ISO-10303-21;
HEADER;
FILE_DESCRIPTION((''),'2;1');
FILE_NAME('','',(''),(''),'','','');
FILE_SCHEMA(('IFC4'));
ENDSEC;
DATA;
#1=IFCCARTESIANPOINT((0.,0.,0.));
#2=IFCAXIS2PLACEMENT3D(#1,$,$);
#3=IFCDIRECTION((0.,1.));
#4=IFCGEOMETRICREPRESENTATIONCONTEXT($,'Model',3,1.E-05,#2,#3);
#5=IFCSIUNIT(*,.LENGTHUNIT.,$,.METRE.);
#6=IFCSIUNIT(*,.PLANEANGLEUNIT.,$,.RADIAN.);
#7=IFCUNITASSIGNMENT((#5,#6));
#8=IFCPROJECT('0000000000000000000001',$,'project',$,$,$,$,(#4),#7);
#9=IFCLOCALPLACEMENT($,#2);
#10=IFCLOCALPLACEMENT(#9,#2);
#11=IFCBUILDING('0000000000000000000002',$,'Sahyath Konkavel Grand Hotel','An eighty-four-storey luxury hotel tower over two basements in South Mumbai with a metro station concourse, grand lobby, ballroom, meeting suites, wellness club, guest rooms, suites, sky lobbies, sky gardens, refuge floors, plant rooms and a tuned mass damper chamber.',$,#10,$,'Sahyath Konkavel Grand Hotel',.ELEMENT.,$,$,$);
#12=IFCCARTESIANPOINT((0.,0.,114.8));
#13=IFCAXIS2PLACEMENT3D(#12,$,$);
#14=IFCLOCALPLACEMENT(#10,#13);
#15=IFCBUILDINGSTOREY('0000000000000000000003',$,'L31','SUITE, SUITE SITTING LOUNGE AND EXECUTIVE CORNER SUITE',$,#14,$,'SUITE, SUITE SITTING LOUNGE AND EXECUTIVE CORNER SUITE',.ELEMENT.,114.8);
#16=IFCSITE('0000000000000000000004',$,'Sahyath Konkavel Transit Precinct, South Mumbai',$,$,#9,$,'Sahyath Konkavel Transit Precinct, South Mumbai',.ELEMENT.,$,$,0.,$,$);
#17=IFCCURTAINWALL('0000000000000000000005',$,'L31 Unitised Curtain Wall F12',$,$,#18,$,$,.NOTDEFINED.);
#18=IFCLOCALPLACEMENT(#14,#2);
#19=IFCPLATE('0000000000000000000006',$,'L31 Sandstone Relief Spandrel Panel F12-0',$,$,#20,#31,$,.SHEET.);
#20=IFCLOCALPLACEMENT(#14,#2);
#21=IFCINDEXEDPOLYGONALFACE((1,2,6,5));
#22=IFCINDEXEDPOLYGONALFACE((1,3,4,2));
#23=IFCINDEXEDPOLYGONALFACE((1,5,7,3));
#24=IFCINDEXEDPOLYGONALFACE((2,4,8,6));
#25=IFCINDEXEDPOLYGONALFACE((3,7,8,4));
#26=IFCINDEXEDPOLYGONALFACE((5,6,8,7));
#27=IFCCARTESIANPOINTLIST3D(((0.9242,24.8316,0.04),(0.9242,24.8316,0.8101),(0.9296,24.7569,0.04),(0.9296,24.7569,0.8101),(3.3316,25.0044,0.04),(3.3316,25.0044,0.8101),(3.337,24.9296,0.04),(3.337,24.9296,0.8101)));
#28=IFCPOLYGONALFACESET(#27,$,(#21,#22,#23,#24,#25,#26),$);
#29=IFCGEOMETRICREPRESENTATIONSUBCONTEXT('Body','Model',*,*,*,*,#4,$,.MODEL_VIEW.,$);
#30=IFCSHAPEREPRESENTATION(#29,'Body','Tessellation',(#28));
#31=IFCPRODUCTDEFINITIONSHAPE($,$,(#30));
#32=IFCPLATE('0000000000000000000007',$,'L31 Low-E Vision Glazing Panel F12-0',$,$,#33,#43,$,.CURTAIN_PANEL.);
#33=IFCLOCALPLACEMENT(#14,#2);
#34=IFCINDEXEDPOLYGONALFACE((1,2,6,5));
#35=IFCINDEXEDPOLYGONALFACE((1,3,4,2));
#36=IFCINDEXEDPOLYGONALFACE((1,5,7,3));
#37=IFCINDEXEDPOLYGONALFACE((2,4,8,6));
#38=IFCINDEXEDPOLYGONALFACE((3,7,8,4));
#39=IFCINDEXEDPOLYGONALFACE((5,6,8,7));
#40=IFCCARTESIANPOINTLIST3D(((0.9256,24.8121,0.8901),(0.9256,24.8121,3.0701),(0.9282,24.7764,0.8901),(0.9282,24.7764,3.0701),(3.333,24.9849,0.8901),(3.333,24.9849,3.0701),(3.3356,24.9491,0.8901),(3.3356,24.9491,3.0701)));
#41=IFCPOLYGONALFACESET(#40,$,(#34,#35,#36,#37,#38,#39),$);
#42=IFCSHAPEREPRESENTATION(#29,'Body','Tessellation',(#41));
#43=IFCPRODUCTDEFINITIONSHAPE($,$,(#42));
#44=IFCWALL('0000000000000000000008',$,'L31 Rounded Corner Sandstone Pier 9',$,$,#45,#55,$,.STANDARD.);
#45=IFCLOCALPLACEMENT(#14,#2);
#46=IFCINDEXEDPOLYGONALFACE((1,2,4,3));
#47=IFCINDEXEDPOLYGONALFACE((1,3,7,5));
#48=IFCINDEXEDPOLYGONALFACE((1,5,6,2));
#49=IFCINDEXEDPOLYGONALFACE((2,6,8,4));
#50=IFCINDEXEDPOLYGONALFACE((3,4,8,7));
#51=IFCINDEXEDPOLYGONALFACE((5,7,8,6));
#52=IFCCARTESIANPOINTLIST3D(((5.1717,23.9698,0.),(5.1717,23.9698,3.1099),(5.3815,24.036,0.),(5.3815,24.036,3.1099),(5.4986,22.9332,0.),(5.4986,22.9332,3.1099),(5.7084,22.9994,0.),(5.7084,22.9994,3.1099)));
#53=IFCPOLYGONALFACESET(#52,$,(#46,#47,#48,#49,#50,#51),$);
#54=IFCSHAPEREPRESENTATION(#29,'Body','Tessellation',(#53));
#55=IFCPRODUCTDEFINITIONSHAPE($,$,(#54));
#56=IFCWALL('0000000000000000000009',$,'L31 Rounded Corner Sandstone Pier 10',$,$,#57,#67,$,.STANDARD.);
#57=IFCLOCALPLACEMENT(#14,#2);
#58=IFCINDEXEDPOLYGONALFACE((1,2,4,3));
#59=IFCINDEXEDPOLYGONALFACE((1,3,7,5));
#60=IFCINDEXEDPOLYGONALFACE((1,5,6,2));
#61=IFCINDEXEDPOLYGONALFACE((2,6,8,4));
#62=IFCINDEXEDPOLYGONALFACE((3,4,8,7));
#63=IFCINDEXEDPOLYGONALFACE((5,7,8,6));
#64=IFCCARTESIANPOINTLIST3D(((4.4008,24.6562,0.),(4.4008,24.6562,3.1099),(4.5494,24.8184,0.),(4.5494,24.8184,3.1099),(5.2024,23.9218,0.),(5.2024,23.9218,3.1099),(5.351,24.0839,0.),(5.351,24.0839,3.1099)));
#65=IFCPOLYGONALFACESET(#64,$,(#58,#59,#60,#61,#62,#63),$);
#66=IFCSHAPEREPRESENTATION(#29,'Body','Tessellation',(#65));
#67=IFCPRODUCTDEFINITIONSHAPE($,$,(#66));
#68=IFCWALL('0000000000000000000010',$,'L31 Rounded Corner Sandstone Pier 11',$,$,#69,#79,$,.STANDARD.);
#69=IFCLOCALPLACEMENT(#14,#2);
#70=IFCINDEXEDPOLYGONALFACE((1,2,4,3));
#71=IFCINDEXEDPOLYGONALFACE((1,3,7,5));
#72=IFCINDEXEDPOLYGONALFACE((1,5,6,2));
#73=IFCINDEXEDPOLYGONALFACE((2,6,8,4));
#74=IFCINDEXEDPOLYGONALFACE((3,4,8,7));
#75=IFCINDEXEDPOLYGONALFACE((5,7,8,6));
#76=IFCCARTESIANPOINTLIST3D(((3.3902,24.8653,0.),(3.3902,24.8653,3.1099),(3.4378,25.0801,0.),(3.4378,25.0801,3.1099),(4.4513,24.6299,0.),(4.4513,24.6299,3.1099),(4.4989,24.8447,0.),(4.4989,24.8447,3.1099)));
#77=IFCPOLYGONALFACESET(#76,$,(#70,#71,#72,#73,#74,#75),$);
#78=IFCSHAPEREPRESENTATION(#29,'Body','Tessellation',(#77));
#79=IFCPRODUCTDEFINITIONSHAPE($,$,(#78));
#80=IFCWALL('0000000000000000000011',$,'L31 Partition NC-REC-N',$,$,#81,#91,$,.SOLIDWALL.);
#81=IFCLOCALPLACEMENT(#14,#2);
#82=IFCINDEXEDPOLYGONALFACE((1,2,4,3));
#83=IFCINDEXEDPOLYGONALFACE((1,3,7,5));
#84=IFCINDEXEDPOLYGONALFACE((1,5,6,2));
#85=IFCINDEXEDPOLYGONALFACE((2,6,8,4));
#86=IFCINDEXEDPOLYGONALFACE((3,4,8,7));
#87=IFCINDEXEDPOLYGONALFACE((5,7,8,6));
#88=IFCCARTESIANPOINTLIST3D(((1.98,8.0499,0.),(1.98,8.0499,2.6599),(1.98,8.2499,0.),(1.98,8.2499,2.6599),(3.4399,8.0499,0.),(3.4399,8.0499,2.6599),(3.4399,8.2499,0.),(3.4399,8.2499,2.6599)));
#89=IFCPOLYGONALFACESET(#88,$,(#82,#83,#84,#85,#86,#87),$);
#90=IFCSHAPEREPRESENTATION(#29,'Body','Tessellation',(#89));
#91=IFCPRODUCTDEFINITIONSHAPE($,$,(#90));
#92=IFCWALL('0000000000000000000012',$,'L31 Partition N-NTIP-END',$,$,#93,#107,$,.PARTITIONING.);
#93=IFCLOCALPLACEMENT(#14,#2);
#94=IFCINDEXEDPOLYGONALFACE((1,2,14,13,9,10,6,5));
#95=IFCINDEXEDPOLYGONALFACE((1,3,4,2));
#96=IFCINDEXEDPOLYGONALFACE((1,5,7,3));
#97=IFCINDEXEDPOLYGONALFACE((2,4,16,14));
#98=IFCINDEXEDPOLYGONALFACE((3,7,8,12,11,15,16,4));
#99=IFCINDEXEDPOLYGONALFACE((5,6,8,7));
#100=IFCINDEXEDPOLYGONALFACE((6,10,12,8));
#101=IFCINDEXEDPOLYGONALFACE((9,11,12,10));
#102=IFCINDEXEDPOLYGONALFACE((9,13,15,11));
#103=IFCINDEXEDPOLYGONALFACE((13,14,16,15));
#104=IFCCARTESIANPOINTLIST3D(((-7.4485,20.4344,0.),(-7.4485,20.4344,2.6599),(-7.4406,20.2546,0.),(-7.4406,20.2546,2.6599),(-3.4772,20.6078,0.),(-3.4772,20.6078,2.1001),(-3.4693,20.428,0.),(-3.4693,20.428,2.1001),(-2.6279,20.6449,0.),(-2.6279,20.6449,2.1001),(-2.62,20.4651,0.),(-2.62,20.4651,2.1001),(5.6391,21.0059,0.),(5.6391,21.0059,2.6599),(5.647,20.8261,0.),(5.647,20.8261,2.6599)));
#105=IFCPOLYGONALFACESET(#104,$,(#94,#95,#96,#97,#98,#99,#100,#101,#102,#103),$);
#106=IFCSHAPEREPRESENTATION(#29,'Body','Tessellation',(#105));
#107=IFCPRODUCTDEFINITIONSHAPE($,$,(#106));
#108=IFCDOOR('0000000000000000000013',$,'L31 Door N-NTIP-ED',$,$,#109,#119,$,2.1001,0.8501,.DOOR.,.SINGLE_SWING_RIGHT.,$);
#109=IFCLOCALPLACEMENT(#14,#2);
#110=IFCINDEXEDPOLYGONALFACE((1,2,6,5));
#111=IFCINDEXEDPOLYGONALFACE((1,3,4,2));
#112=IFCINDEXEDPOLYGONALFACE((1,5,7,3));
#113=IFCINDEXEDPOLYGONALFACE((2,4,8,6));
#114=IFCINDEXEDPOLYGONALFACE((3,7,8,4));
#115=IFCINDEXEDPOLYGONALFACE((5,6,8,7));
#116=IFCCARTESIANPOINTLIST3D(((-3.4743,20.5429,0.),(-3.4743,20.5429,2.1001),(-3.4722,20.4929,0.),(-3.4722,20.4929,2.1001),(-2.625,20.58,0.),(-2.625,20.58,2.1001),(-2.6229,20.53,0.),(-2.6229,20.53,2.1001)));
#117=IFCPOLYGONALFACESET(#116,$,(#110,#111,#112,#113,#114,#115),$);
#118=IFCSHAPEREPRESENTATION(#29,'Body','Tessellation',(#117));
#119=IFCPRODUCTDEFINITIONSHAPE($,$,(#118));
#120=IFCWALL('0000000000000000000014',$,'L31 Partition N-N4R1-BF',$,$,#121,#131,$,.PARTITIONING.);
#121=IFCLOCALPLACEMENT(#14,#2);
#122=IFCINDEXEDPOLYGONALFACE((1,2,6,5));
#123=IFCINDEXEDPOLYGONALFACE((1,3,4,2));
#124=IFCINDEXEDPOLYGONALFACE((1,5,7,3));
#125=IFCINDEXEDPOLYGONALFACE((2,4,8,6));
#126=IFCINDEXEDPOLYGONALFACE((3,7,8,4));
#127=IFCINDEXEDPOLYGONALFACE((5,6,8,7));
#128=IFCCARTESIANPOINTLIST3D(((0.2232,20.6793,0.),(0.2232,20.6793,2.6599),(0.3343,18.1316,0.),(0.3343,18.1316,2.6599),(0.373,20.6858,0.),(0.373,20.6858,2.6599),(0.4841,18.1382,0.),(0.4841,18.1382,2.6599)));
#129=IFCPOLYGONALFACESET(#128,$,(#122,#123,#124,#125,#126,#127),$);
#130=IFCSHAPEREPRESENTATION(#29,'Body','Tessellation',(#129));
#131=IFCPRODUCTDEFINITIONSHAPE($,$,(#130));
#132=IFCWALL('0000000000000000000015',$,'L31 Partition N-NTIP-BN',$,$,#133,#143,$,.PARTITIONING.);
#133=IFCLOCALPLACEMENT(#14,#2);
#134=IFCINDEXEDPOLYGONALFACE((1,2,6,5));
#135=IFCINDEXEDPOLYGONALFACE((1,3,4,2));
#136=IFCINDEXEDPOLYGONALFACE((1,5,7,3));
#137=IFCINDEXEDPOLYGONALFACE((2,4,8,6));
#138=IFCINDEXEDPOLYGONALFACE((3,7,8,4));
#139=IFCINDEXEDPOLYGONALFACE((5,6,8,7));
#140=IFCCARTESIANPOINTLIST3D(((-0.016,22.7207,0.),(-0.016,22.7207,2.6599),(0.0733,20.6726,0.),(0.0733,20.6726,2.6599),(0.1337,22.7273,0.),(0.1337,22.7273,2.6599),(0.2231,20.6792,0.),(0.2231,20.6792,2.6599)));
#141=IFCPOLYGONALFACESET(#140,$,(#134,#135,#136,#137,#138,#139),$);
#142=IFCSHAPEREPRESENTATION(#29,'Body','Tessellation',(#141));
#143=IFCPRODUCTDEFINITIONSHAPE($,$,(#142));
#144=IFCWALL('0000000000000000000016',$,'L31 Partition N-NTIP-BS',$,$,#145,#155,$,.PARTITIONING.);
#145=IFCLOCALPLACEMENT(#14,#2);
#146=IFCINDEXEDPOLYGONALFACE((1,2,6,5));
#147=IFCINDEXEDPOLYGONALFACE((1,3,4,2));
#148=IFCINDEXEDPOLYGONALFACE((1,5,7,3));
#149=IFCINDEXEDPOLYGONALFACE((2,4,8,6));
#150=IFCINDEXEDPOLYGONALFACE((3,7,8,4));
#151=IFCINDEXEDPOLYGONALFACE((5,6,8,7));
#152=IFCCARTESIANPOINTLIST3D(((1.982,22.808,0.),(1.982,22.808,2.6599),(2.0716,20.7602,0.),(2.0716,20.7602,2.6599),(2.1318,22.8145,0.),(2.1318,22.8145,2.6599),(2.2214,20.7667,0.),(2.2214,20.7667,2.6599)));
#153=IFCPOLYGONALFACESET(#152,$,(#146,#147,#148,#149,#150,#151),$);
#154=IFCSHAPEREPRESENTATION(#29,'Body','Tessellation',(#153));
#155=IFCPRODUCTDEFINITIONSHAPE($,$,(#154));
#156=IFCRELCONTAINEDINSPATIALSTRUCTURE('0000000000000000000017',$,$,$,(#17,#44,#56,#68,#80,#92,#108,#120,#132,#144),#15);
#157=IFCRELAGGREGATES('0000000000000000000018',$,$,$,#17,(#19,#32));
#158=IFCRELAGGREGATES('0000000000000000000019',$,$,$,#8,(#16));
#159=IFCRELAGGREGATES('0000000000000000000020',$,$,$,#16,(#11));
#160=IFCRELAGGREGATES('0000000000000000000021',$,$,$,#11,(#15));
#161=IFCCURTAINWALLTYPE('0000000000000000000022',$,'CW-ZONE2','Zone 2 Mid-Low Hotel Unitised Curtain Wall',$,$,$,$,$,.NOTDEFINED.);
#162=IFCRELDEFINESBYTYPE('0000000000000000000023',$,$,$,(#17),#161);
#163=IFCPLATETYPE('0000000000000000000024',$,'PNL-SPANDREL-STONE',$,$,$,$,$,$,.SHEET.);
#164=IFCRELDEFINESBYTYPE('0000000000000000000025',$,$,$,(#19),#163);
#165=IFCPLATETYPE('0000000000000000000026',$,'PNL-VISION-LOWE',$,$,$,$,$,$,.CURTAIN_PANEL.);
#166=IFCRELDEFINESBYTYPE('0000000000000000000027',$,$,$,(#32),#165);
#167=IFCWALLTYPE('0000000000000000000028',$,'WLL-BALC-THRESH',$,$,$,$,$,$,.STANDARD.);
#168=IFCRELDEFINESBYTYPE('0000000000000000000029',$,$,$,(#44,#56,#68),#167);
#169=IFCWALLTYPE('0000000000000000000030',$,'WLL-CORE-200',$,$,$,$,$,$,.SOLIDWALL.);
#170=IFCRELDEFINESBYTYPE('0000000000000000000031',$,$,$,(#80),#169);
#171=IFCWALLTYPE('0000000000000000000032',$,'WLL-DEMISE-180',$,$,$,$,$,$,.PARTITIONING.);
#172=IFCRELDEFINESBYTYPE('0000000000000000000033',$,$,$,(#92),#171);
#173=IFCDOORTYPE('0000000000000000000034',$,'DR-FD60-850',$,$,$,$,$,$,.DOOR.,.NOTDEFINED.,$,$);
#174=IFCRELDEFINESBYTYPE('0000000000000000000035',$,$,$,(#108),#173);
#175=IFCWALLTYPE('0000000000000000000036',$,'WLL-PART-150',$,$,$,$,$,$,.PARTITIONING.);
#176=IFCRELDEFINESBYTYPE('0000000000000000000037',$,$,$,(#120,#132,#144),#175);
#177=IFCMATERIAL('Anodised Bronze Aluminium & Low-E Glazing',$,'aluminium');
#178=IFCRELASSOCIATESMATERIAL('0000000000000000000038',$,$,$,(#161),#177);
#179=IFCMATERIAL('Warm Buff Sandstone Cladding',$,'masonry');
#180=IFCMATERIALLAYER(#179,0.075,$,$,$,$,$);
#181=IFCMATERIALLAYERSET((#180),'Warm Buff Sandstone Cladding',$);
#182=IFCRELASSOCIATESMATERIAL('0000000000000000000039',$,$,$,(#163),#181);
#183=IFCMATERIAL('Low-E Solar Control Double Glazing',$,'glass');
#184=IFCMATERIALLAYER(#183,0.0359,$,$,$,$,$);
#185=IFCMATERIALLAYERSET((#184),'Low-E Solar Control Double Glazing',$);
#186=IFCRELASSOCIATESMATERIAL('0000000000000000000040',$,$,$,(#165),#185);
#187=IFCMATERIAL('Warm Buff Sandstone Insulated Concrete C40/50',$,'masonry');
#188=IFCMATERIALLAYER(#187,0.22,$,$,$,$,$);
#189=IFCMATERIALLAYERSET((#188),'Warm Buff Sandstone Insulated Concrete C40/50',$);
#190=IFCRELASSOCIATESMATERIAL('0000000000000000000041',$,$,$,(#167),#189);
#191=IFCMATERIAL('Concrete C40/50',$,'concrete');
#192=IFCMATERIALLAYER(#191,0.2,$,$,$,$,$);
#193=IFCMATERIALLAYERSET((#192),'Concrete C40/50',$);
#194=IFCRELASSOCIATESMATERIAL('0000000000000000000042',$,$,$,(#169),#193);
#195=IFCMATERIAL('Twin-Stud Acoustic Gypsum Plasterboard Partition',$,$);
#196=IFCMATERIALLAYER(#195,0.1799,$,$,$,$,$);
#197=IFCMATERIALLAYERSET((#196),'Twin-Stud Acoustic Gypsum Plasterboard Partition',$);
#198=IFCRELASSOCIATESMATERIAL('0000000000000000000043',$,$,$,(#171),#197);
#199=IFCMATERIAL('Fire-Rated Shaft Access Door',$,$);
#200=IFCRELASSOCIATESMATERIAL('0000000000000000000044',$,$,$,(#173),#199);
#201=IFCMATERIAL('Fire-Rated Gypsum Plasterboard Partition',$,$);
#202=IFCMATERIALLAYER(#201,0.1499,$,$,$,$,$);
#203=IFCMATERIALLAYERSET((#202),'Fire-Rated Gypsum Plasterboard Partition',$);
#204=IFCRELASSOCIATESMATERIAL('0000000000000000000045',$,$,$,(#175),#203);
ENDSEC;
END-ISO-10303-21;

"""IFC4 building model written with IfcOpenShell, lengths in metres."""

from ifc_helpers import new_model, si_unit, direction, frame, frame_2d, origin, origin_2d, place, context, subcontext, project, spatial, rectangle, extrude, source, transform, mapped, material, layer, layer_set, type_object, element, fill, aggregate, save


model = new_model("IFC4")

# Units and contexts
model_context = context("Model", 3, precision=1e-05, world=origin(), true_north=direction((0.0, 1.0)))
body_context = subcontext(model_context, "Body", "Model", "MODEL_VIEW")
ifc_project = project(units=[si_unit("LENGTHUNIT", "METRE"), si_unit("PLANEANGLEUNIT", "RADIAN")], contexts=[model_context])

# Site, building, storey
site_placement = place(None, origin())
site = spatial("IfcSite", under=ifc_project, at=site_placement, Name="Sahyath Konkavel Transit Precinct, South Mumbai", LongName="Sahyath Konkavel Transit Precinct, South Mumbai", CompositionType="ELEMENT", RefElevation=0.0)
building_placement = place(site_placement, origin())
building = spatial("IfcBuilding", under=site, at=building_placement, Name="Sahyath Konkavel Grand Hotel", Description="An eighty-four-storey luxury hotel tower over two basements in South Mumbai with a metro station concourse, grand lobby, ballroom, meeting suites, wellness club, guest rooms, suites, sky lobbies, sky gardens, refuge floors, plant rooms and a tuned mass damper chamber.", LongName="Sahyath Konkavel Grand Hotel", CompositionType="ELEMENT")
storey_placement = place(building_placement, frame((0.0, 0.0, 114.8)))
storey = spatial("IfcBuildingStorey", under=building, at=storey_placement, Name="L31", Description="SUITE, SUITE SITTING LOUNGE AND EXECUTIVE CORNER SUITE", LongName="SUITE, SUITE SITTING LOUNGE AND EXECUTIVE CORNER SUITE", CompositionType="ELEMENT", Elevation=114.8)

# Shared definitions
ifc_material_1 = material(Name="Anodised Bronze Aluminium & Low-E Glazing", Category="aluminium")
curtain_wall_type = type_object("IfcCurtainWallType", Name="CW-ZONE2", Description="Zone 2 Mid-Low Hotel Unitised Curtain Wall", PredefinedType="NOTDEFINED", material=ifc_material_1)

# Curtain wall, plates
curtain_wall_1_placement = place(storey_placement, origin())
curtain_wall_1 = element("IfcCurtainWall", 1, at=curtain_wall_1_placement, inside=storey, type_object=curtain_wall_type, Name="L31 Unitised Curtain Wall F12", PredefinedType="NOTDEFINED")
ifc_material_2 = material(Name="Warm Buff Sandstone Cladding", Category="masonry")
ifc_layer_1 = layer(ifc_material_2, 0.075)
ifc_layer_set_1 = layer_set([ifc_layer_1], Name="Warm Buff Sandstone Cladding")
plate_type_1 = type_object("IfcPlateType", Name="PNL-SPANDREL-STONE", PredefinedType="SHEET", material=ifc_layer_set_1)
shared_shape_1 = source(origin(), body_context, "Body", "SweptSolid", [
    extrude(rectangle(XDim=2.4136, YDim=0.075, at=origin_2d()), origin(), (0.0, 0.0, 1.0), 0.77),
])
plate_1_placement = place(storey_placement, frame((2.1306, 24.8806, 0.04), z_axis=(0.0, 0.0, 1.0), x_axis=(-0.997436, -0.071567, 0.0)))
plate_1 = element("IfcPlate", 2, at=plate_1_placement, type_object=plate_type_1, Name="L31 Sandstone Relief Spandrel Panel F12-0", PredefinedType="SHEET", context=body_context, shape_type="MappedRepresentation", body=[
    mapped(shared_shape_1, transform((0.0, 0.0, 0.0), scale=1.0)),
])
ifc_material_3 = material(Name="Low-E Solar Control Double Glazing", Category="glass")
ifc_layer_2 = layer(ifc_material_3, 0.0359)
ifc_layer_set_2 = layer_set([ifc_layer_2], Name="Low-E Solar Control Double Glazing")
plate_type_2 = type_object("IfcPlateType", Name="PNL-VISION-LOWE", PredefinedType="CURTAIN_PANEL", material=ifc_layer_set_2)
shared_shape_2 = source(origin(), body_context, "Body", "SweptSolid", [
    extrude(rectangle(XDim=2.4136, YDim=0.0359, at=origin_2d()), origin(), (0.0, 0.0, 1.0), 2.1799),
])
plate_2_placement = place(storey_placement, frame((2.1306, 24.8806, 0.8901), z_axis=(0.0, 0.0, 1.0), x_axis=(-0.997436, -0.071567, 0.0)))
plate_2 = element("IfcPlate", 3, at=plate_2_placement, type_object=plate_type_2, Name="L31 Low-E Vision Glazing Panel F12-0", PredefinedType="CURTAIN_PANEL", context=body_context, shape_type="MappedRepresentation", body=[
    mapped(shared_shape_2, transform((0.0, 0.0, 0.0), scale=1.0)),
])
aggregate(curtain_wall_1, [plate_1, plate_2])

# Walls
ifc_material_4 = material(Name="Warm Buff Sandstone Insulated Concrete C40/50", Category="masonry")
ifc_layer_3 = layer(ifc_material_4, 0.22)
ifc_layer_set_3 = layer_set([ifc_layer_3], Name="Warm Buff Sandstone Insulated Concrete C40/50")
wall_type_1 = type_object("IfcWallType", Name="WLL-BALC-THRESH", PredefinedType="STANDARD", material=ifc_layer_set_3)
wall_1_placement = place(storey_placement, frame((5.6035, 22.9663, 0.0), z_axis=(0.0, 0.0, 1.0), x_axis=(-0.300755, 0.953701, 0.0)))
element("IfcWall", 4, at=wall_1_placement, inside=storey, type_object=wall_type_1, Name="L31 Rounded Corner Sandstone Pier 9", PredefinedType="STANDARD", context=body_context, shape_type="SweptSolid", body=[
    extrude(rectangle(XDim=1.0869, YDim=0.22, at=frame_2d((0.5435, 0.0))), origin(), (0.0, 0.0, 1.0), 3.1099),
])
wall_2_placement = place(storey_placement, frame((5.2766, 24.0029, 0.0), z_axis=(0.0, 0.0, 1.0), x_axis=(-0.737313, 0.675552, 0.0)))
element("IfcWall", 5, at=wall_2_placement, inside=storey, type_object=wall_type_1, Name="L31 Rounded Corner Sandstone Pier 10", PredefinedType="STANDARD", context=body_context, shape_type="SweptSolid", body=[
    extrude(rectangle(XDim=1.0872, YDim=0.22, at=frame_2d((0.5435, 0.0))), origin(), (0.0, 0.0, 1.0), 3.1099),
])
wall_3_placement = place(storey_placement, frame((4.4751, 24.7373, 0.0), z_axis=(0.0, 0.0, 1.0), x_axis=(-0.976272, 0.21655, 0.0)))
element("IfcWall", 6, at=wall_3_placement, inside=storey, type_object=wall_type_1, Name="L31 Rounded Corner Sandstone Pier 11", PredefinedType="STANDARD", context=body_context, shape_type="SweptSolid", body=[
    extrude(rectangle(XDim=1.0869, YDim=0.22, at=frame_2d((0.5435, 0.0))), origin(), (0.0, 0.0, 1.0), 3.1099),
])
ifc_material_5 = material(Name="Concrete C40/50", Category="concrete")
ifc_layer_4 = layer(ifc_material_5, 0.2)
ifc_layer_set_4 = layer_set([ifc_layer_4], Name="Concrete C40/50")
wall_type_2 = type_object("IfcWallType", Name="WLL-CORE-200", PredefinedType="SOLIDWALL", material=ifc_layer_set_4)
wall_4_placement = place(storey_placement, frame((1.98, 8.1499, 0.0), z_axis=(0.0, 0.0, 1.0), x_axis=(1.0, 0.0, 0.0)))
element("IfcWall", 7, at=wall_4_placement, inside=storey, type_object=wall_type_2, Name="L31 Partition NC-REC-N", PredefinedType="SOLIDWALL", context=body_context, shape_type="SweptSolid", body=[
    extrude(rectangle(XDim=1.46, YDim=0.2, at=frame_2d((0.73, 0.0))), origin(), (0.0, 0.0, 1.0), 2.6599),
])

# Wall, opening, door
ifc_material_6 = material(Name="Twin-Stud Acoustic Gypsum Plasterboard Partition")
ifc_layer_5 = layer(ifc_material_6, 0.1799)
ifc_layer_set_5 = layer_set([ifc_layer_5], Name="Twin-Stud Acoustic Gypsum Plasterboard Partition")
wall_type_3 = type_object("IfcWallType", Name="WLL-DEMISE-180", PredefinedType="PARTITIONING", material=ifc_layer_set_5)
wall_5_placement = place(storey_placement, frame((5.6431, 20.916, 0.0), z_axis=(0.0, 0.0, 1.0), x_axis=(-0.999048, -0.043628, 0.0)))
wall_5 = element("IfcWall", 8, at=wall_5_placement, inside=storey, type_object=wall_type_3, Name="L31 Partition N-NTIP-END", PredefinedType="PARTITIONING", context=body_context, shape_type="SweptSolid", body=[
    extrude(rectangle(XDim=13.1001, YDim=0.1799, at=frame_2d((6.55, 0.0))), origin(), (0.0, 0.0, 1.0), 2.6599),
])
opening_1_placement = place(wall_5_placement, frame((8.2749, 0.0, 0.0)))
opening_1 = element("IfcOpeningElement", 9, at=opening_1_placement, cuts=wall_5, PredefinedType="OPENING", context=body_context, shape_type="SweptSolid", body=[
    extrude(rectangle(XDim=0.8501, YDim=2.1001, at=frame_2d((0.425, 1.05))), frame((0.0, 0.1001, 0.0), z_axis=(0.0, -1.0, 0.0), x_axis=(1.0, 0.0, 0.0)), (0.0, 0.0, 1.0), 0.2),
])
ifc_material_7 = material(Name="Fire-Rated Shaft Access Door")
door_type_1 = type_object("IfcDoorType", Name="DR-FD60-850", OperationType="NOTDEFINED", PredefinedType="DOOR", material=ifc_material_7)
shared_shape_3 = source(origin(), body_context, "Body", "SweptSolid", [
    extrude(rectangle(XDim=0.8501, YDim=0.05, at=origin_2d()), origin(), (0.0, 0.0, 1.0), 2.1001),
])
door_1_placement = place(opening_1_placement, frame((0.425, 0.0, 0.0)))
door_1 = element("IfcDoor", 10, at=door_1_placement, inside=storey, type_object=door_type_1, Name="L31 Door N-NTIP-ED", OperationType="SINGLE_SWING_RIGHT", OverallHeight=2.1001, OverallWidth=0.8501, PredefinedType="DOOR", context=body_context, shape_type="MappedRepresentation", body=[
    mapped(shared_shape_3, transform((0.0, 0.0, 0.0), scale=1.0)),
])
fill(opening_1, door_1)

# Walls
ifc_material_8 = material(Name="Fire-Rated Gypsum Plasterboard Partition")
ifc_layer_6 = layer(ifc_material_8, 0.1499)
ifc_layer_set_6 = layer_set([ifc_layer_6], Name="Fire-Rated Gypsum Plasterboard Partition")
wall_type_4 = type_object("IfcWallType", Name="WLL-PART-150", PredefinedType="PARTITIONING", material=ifc_layer_set_6)
wall_6_placement = place(storey_placement, frame((0.4092, 18.135, 0.0), z_axis=(0.0, 0.0, 1.0), x_axis=(-0.043562, 0.999051, 0.0)))
element("IfcWall", 11, at=wall_6_placement, inside=storey, type_object=wall_type_4, Name="L31 Partition N-N4R1-BF", PredefinedType="PARTITIONING", context=body_context, shape_type="SweptSolid", body=[
    extrude(rectangle(XDim=2.55, YDim=0.1499, at=frame_2d((1.2749, 0.0))), origin(), (0.0, 0.0, 1.0), 2.6599),
])
wall_7_placement = place(storey_placement, frame((0.1482, 20.676, 0.0), z_axis=(0.0, 0.0, 1.0), x_axis=(-0.043587, 0.99905, 0.0)))
element("IfcWall", 12, at=wall_7_placement, inside=storey, type_object=wall_type_4, Name="L31 Partition N-NTIP-BN", PredefinedType="PARTITIONING", context=body_context, shape_type="SweptSolid", body=[
    extrude(rectangle(XDim=2.05, YDim=0.1499, at=frame_2d((1.0249, 0.0))), origin(), (0.0, 0.0, 1.0), 2.6599),
])
wall_8_placement = place(storey_placement, frame((2.1465, 20.7634, 0.0), z_axis=(0.0, 0.0, 1.0), x_axis=(-0.043711, 0.999044, 0.0)))
element("IfcWall", 13, at=wall_8_placement, inside=storey, type_object=wall_type_4, Name="L31 Partition N-NTIP-BS", PredefinedType="PARTITIONING", context=body_context, shape_type="SweptSolid", body=[
    extrude(rectangle(XDim=2.0498, YDim=0.1499, at=frame_2d((1.0249, 0.0))), origin(), (0.0, 0.0, 1.0), 2.6599),
])

save(model, "model.ifc")
